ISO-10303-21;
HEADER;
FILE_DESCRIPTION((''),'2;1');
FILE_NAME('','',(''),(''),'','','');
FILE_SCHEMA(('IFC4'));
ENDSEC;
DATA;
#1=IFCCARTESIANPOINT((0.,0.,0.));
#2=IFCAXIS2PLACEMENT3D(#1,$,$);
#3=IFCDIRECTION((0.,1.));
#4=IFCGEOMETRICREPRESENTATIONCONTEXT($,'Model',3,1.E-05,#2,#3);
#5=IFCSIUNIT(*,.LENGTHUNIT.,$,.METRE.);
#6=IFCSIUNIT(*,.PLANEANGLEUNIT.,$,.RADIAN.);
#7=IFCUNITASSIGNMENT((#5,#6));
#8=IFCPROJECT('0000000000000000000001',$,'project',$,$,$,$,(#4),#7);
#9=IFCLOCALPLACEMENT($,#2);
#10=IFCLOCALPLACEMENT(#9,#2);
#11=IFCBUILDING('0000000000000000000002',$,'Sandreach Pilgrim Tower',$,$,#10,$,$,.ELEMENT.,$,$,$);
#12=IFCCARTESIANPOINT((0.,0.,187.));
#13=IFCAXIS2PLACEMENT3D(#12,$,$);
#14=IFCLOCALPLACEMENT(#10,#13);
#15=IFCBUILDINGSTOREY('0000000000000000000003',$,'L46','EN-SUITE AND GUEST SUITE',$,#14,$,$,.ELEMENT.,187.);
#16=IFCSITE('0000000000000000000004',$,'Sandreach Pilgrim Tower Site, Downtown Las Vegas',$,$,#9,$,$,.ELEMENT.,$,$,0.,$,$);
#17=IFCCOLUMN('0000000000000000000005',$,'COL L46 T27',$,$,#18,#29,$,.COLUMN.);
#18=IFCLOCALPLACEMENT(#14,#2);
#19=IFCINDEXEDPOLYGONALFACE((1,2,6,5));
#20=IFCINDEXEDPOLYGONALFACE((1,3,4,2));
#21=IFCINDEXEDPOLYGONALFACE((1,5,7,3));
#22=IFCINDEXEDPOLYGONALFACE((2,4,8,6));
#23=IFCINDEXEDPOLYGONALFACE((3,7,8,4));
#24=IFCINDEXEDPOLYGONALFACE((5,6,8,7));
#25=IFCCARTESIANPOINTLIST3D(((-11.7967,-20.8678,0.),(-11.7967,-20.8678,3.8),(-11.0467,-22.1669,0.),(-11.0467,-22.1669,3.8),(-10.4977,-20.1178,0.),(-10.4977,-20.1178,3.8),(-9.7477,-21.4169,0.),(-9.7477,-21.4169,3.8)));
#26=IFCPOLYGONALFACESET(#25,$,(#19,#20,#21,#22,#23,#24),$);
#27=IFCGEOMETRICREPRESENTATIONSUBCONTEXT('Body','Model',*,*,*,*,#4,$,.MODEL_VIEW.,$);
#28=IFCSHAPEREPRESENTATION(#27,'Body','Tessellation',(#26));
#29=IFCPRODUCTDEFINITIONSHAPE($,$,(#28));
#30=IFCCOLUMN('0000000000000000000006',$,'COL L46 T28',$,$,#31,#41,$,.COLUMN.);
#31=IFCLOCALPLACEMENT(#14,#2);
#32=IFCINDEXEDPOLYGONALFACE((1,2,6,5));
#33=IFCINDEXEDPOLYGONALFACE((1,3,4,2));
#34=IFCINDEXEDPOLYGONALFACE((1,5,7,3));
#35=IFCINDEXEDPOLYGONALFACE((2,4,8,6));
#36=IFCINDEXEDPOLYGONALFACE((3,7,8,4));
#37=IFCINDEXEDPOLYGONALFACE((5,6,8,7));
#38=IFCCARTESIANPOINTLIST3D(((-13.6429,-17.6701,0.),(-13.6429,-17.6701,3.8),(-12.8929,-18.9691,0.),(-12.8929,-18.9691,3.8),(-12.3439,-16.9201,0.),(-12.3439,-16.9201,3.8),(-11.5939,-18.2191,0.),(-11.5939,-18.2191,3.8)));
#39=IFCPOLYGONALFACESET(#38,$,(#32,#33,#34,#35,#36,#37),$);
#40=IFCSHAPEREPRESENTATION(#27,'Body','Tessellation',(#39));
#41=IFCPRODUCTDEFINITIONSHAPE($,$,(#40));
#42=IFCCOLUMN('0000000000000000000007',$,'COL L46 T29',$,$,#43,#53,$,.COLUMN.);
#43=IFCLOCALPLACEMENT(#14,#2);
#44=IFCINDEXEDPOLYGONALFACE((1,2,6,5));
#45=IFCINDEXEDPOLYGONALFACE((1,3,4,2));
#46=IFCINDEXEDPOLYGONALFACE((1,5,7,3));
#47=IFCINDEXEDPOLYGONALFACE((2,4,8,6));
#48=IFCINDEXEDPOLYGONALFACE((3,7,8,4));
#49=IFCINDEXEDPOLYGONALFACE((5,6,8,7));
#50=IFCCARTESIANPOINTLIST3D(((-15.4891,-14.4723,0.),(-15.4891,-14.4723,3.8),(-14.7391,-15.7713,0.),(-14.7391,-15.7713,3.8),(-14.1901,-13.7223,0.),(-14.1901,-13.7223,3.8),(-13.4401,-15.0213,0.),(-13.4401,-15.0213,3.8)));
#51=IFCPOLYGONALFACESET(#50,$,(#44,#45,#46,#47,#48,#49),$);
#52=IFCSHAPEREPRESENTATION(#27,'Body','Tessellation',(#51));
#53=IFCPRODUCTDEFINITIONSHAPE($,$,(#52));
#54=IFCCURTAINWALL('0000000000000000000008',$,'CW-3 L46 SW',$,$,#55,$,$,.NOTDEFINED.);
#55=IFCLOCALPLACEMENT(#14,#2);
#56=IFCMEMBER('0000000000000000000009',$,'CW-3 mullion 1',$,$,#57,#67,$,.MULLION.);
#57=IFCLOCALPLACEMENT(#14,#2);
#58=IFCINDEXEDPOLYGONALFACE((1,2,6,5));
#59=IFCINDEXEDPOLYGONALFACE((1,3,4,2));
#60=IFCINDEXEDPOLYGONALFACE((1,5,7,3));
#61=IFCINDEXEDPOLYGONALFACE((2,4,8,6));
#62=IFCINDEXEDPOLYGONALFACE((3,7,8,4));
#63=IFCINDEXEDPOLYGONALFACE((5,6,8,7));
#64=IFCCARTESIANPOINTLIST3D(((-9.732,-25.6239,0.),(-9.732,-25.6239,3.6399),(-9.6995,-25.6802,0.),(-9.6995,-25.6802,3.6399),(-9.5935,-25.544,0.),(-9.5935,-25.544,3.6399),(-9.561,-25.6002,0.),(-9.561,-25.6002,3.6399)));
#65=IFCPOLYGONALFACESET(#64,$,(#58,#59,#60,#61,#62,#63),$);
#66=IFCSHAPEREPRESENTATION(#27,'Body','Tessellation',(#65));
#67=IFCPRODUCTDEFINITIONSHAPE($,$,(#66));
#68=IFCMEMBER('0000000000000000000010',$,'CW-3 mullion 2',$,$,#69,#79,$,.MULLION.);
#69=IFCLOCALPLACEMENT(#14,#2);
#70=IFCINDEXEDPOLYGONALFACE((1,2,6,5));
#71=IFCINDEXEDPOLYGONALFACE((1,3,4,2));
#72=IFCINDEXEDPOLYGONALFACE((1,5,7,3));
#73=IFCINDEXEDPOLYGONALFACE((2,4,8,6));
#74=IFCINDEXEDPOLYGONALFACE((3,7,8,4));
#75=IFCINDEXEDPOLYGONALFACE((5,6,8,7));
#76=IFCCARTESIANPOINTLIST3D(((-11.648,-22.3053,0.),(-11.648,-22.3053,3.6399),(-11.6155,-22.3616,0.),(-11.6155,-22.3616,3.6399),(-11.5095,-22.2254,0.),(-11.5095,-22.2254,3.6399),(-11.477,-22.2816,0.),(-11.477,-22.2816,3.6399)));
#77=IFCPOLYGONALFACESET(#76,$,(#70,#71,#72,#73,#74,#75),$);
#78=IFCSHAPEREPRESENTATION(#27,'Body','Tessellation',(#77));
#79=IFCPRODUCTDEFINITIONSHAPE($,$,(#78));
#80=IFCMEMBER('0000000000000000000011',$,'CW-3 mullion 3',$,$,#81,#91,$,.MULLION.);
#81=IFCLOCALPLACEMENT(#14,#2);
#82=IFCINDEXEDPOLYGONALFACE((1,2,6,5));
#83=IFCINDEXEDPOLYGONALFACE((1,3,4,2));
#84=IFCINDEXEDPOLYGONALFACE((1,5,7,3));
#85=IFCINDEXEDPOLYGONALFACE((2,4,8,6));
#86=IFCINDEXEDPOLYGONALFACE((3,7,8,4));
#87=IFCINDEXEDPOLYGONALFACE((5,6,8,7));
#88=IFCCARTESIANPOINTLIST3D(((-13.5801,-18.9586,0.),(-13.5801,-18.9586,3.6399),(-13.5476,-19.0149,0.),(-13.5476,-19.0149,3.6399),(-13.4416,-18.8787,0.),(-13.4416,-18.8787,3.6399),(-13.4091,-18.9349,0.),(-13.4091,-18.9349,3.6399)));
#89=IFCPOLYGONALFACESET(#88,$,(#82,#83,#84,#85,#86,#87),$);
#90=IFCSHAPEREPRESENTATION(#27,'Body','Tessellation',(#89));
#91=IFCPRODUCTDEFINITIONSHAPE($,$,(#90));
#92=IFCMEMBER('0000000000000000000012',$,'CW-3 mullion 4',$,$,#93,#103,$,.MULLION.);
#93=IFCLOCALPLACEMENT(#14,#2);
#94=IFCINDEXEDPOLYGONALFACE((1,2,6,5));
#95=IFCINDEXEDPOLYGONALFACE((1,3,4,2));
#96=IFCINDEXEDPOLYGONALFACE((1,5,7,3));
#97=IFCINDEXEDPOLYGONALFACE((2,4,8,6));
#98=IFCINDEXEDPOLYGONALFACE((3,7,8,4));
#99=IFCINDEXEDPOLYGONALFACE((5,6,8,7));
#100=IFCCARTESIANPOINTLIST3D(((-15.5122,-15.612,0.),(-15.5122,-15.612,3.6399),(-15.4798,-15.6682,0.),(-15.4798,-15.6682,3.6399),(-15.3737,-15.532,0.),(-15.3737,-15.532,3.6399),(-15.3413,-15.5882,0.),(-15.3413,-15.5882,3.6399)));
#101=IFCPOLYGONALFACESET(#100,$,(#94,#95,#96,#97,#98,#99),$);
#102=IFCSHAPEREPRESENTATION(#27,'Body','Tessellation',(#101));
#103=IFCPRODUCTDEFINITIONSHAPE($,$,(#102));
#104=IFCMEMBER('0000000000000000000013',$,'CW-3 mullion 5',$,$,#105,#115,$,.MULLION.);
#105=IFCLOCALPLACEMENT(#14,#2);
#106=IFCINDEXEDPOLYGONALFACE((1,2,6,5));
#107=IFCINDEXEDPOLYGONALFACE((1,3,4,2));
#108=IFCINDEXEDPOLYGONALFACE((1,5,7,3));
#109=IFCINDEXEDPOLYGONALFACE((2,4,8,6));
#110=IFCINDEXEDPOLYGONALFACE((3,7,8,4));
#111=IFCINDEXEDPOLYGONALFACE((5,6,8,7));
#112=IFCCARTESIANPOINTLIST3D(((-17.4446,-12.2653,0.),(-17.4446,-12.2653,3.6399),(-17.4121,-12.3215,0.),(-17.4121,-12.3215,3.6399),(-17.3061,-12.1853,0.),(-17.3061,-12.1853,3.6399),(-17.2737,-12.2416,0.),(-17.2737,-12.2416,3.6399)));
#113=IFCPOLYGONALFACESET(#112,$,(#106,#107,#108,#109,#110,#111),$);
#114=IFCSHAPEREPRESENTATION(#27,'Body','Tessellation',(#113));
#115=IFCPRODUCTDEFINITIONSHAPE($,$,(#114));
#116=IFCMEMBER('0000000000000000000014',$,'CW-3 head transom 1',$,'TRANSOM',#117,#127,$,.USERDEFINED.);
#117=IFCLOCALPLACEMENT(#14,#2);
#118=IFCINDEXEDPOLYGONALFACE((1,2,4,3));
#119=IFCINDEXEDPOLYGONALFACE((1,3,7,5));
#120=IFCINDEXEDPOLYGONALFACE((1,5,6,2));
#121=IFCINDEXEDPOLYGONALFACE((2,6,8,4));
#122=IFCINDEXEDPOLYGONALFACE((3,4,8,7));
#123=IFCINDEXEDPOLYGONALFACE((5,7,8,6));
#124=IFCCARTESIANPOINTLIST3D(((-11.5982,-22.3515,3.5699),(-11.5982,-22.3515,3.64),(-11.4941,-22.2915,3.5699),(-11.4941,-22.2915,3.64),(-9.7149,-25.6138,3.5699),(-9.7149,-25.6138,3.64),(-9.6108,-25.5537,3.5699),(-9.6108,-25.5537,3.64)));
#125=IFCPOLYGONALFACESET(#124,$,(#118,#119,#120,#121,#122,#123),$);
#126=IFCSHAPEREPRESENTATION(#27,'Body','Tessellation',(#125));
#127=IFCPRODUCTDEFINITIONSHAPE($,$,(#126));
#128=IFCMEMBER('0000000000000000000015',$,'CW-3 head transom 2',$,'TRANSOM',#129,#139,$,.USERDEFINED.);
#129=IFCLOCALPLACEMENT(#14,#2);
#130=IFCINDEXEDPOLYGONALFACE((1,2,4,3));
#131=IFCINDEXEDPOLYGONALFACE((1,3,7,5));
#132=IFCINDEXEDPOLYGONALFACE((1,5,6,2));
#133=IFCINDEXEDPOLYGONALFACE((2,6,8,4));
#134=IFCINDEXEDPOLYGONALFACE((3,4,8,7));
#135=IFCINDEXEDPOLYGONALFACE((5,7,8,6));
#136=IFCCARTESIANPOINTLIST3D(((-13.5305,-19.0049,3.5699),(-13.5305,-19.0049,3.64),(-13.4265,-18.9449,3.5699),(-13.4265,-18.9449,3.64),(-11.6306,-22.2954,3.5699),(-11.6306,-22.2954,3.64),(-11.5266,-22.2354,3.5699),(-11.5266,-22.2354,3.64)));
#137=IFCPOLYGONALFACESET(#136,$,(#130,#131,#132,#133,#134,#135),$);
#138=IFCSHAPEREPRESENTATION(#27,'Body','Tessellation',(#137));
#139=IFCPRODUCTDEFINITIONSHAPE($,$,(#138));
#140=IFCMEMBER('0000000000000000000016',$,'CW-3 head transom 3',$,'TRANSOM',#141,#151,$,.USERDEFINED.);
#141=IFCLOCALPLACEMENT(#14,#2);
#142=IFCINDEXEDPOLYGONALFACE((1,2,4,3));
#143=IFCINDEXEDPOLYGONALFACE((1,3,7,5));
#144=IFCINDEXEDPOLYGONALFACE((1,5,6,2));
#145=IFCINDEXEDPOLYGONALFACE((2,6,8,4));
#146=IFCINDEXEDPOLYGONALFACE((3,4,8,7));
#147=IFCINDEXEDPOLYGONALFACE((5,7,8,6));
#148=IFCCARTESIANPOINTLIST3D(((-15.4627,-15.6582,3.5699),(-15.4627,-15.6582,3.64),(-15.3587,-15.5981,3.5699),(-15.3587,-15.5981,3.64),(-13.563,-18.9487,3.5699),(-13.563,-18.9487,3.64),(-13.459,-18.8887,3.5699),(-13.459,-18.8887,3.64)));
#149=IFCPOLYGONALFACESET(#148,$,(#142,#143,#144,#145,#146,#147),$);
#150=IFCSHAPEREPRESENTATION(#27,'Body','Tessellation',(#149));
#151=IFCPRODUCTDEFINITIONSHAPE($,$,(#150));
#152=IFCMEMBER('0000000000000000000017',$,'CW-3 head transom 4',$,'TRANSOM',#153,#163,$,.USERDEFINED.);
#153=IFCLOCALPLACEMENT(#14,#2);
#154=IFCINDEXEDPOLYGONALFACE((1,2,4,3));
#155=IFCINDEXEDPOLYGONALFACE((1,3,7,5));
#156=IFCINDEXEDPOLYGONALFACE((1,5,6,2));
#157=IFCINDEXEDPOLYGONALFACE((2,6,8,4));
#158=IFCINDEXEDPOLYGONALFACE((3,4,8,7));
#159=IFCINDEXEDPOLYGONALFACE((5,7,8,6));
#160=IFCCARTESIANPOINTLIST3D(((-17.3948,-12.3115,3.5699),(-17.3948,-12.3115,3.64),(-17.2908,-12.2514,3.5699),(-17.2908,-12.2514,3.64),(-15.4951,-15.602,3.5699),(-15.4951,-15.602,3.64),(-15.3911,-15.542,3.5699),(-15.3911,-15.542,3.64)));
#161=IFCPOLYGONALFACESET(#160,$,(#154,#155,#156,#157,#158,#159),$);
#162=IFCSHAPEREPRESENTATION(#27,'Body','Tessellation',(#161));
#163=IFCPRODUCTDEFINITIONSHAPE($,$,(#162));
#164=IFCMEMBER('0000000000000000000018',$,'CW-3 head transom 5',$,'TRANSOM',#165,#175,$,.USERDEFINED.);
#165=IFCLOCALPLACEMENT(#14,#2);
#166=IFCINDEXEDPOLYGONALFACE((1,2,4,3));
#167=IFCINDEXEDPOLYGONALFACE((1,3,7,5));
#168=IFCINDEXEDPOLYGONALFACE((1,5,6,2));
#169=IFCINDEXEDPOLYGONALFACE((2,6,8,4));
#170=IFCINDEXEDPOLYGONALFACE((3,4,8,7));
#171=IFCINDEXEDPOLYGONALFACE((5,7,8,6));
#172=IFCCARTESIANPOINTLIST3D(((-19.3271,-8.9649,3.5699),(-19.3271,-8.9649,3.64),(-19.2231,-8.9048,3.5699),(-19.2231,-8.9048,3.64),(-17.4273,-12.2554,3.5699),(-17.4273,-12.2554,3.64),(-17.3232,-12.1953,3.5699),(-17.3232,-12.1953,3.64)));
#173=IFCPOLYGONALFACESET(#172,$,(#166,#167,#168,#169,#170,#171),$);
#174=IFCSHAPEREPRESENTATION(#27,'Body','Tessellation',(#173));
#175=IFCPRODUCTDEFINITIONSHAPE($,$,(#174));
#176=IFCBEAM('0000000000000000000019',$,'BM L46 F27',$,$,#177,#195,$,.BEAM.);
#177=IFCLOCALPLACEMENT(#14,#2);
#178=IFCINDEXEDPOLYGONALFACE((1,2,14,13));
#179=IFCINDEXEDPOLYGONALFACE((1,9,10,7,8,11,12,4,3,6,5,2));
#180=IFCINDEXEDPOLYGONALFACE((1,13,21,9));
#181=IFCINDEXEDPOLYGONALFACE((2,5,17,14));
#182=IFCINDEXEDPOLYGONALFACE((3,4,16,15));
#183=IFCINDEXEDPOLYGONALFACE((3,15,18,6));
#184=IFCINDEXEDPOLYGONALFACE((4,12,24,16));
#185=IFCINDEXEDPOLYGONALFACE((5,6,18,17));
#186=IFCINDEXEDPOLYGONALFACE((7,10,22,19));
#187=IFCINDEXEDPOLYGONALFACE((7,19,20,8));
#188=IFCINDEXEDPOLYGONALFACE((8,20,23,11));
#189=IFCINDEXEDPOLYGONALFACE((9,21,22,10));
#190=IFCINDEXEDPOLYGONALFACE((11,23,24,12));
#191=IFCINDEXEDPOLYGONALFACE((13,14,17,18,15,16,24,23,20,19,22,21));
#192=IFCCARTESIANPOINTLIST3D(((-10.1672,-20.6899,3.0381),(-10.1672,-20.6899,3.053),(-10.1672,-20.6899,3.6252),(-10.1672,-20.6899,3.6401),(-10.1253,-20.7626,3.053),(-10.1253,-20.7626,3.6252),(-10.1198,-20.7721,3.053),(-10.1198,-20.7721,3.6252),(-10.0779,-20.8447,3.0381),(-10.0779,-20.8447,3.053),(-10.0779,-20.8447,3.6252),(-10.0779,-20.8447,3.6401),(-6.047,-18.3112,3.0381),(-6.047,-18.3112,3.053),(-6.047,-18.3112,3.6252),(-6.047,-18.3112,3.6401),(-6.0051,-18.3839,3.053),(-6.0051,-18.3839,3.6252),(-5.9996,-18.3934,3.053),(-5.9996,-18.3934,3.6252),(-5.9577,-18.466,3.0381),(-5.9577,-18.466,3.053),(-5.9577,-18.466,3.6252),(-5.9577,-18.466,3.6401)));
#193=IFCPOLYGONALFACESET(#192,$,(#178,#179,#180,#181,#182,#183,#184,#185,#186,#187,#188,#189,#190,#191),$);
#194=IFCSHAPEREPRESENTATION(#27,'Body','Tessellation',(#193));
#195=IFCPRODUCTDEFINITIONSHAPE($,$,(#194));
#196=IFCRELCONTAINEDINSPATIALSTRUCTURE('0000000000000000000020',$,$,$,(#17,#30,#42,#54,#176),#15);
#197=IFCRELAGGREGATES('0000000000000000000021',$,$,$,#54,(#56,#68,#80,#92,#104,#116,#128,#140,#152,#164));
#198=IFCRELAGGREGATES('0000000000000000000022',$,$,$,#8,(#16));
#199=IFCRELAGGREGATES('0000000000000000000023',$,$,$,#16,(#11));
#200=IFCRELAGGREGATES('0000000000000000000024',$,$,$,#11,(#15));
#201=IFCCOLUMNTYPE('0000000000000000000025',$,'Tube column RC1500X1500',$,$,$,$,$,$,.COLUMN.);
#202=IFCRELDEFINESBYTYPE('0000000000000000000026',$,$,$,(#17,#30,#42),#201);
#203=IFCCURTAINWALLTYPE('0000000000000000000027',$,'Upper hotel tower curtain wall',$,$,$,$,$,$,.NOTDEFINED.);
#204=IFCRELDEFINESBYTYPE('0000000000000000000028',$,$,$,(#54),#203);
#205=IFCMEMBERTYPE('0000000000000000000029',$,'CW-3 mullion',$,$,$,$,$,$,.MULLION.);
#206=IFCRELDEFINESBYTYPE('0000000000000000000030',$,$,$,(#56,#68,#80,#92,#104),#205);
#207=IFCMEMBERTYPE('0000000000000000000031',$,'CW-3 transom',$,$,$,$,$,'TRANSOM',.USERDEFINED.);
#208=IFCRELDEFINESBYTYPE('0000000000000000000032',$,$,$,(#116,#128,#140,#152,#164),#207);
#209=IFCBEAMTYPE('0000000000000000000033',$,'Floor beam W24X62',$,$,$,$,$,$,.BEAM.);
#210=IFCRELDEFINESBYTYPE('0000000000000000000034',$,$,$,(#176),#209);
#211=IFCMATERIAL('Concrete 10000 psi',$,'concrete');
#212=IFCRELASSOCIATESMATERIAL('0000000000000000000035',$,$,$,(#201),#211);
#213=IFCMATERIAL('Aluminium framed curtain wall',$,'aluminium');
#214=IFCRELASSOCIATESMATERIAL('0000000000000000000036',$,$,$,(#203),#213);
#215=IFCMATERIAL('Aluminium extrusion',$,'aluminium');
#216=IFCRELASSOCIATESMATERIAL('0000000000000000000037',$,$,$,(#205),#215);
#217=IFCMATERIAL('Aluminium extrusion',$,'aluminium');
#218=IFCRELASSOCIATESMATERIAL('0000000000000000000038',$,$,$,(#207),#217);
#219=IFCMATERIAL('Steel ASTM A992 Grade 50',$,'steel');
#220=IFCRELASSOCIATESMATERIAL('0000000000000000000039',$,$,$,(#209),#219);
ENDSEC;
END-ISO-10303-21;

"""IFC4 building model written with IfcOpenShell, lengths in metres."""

from ifc_helpers import new_model, si_unit, direction, frame, origin, origin_2d, place, context, subcontext, project, spatial, rectangle, i_section, extrude, material, material_profile, profile_set, type_object, element, aggregate, save


model = new_model("IFC4")

# Units and contexts
model_context = context("Model", 3, precision=1e-05, world=origin(), true_north=direction((0.0, 1.0)))
body_context = subcontext(model_context, "Body", "Model", "MODEL_VIEW")
ifc_project = project(units=[si_unit("LENGTHUNIT", "METRE"), si_unit("PLANEANGLEUNIT", "RADIAN")], contexts=[model_context])

# Site, building, storey
site_placement = place(None, origin())
site = spatial("IfcSite", under=ifc_project, at=site_placement, Name="Sandreach Pilgrim Tower Site, Downtown Las Vegas", CompositionType="ELEMENT", RefElevation=0.0)
building_placement = place(site_placement, origin())
building = spatial("IfcBuilding", under=site, at=building_placement, Name="Sandreach Pilgrim Tower", CompositionType="ELEMENT")
storey_placement = place(building_placement, frame((0.0, 0.0, 187.0)))
storey = spatial("IfcBuildingStorey", under=building, at=storey_placement, Name="L46", Description="EN-SUITE AND GUEST SUITE", CompositionType="ELEMENT", Elevation=187.0)

# Columns
ifc_material_1 = material(Name="Concrete 10000 psi", Category="concrete")
ifc_material_profile_1 = material_profile(ifc_material_1, rectangle(XDim=1.5, YDim=1.5, at=origin_2d()), Name="RC1500X1500")
ifc_profile_set_1 = profile_set([ifc_material_profile_1], Name="Concrete 10000 psi")
column_type = type_object("IfcColumnType", Name="Tube column RC1500X1500", PredefinedType="COLUMN", material=ifc_profile_set_1)
for number, where, z_axis, x_axis, name in (
    (1, (-10.7722, -21.1423, 0.0), (0.0, 0.0, 1.0), (-0.866025, -0.5, 0.0), "COL L46 T27"),
    (2, (-12.6184, -17.9446, 0.0), (0.0, 0.0, 1.0), (-0.866025, -0.5, 0.0), "COL L46 T28"),
    (3, (-14.4646, -14.7468, 0.0), (0.0, 0.0, 1.0), (-0.866025, -0.5, 0.0), "COL L46 T29"),
):
    element("IfcColumn", number, at=place(storey_placement, frame(where, z_axis=z_axis, x_axis=x_axis)), inside=storey, type_object=column_type, Name=name, PredefinedType="COLUMN", context=body_context, shape_type="SweptSolid", body=[
        extrude(rectangle(XDim=1.5, YDim=1.5, at=origin_2d()), origin(), (0.0, 0.0, 1.0), 3.8),
    ])

# Curtain wall, members
ifc_material_2 = material(Name="Aluminium framed curtain wall", Category="aluminium")
curtain_wall_type = type_object("IfcCurtainWallType", Name="Upper hotel tower curtain wall", PredefinedType="NOTDEFINED", material=ifc_material_2)
curtain_wall_placement = place(storey_placement, origin())
curtain_wall = element("IfcCurtainWall", 4, at=curtain_wall_placement, inside=storey, type_object=curtain_wall_type, Name="CW-3 L46 SW", PredefinedType="NOTDEFINED")
ifc_material_3 = material(Name="Aluminium extrusion", Category="aluminium")
ifc_material_profile_2 = material_profile(ifc_material_3, rectangle(XDim=0.0649, YDim=0.1599, at=origin_2d()), Name="CW-3M 65X160")
ifc_profile_set_2 = profile_set([ifc_material_profile_2], Name="Aluminium extrusion")
member_type_1 = type_object("IfcMemberType", Name="CW-3 mullion", PredefinedType="MULLION", material=ifc_profile_set_2)
member_1_placement = place(storey_placement, frame((-9.6465, -25.6121, 0.0), z_axis=(0.0, 0.0, 1.0), x_axis=(-0.5, 0.866025, 0.0)))
member_1 = element("IfcMember", 5, at=member_1_placement, type_object=member_type_1, Name="CW-3 mullion 1", PredefinedType="MULLION", context=body_context, shape_type="SweptSolid", body=[
    extrude(rectangle(XDim=0.0649, YDim=0.1599, at=origin_2d()), origin(), (0.0, 0.0, 1.0), 3.6399),
])
member_2_placement = place(storey_placement, frame((-11.5625, -22.2935, 0.0), z_axis=(0.0, 0.0, 1.0), x_axis=(-0.5, 0.866025, 0.0)))
member_2 = element("IfcMember", 6, at=member_2_placement, type_object=member_type_1, Name="CW-3 mullion 2", PredefinedType="MULLION", context=body_context, shape_type="SweptSolid", body=[
    extrude(rectangle(XDim=0.0649, YDim=0.1599, at=origin_2d()), origin(), (0.0, 0.0, 1.0), 3.6399),
])
member_3_placement = place(storey_placement, frame((-13.4946, -18.9468, 0.0), z_axis=(0.0, 0.0, 1.0), x_axis=(-0.5, 0.866025, 0.0)))
member_3 = element("IfcMember", 7, at=member_3_placement, type_object=member_type_1, Name="CW-3 mullion 3", PredefinedType="MULLION", context=body_context, shape_type="SweptSolid", body=[
    extrude(rectangle(XDim=0.0649, YDim=0.1599, at=origin_2d()), origin(), (0.0, 0.0, 1.0), 3.6399),
])
member_4_placement = place(storey_placement, frame((-15.4268, -15.6001, 0.0), z_axis=(0.0, 0.0, 1.0), x_axis=(-0.5, 0.866025, 0.0)))
member_4 = element("IfcMember", 8, at=member_4_placement, type_object=member_type_1, Name="CW-3 mullion 4", PredefinedType="MULLION", context=body_context, shape_type="SweptSolid", body=[
    extrude(rectangle(XDim=0.0649, YDim=0.1599, at=origin_2d()), origin(), (0.0, 0.0, 1.0), 3.6399),
])
member_5_placement = place(storey_placement, frame((-17.3591, -12.2534, 0.0), z_axis=(0.0, 0.0, 1.0), x_axis=(-0.5, 0.866025, 0.0)))
member_5 = element("IfcMember", 9, at=member_5_placement, type_object=member_type_1, Name="CW-3 mullion 5", PredefinedType="MULLION", context=body_context, shape_type="SweptSolid", body=[
    extrude(rectangle(XDim=0.0649, YDim=0.1599, at=origin_2d()), origin(), (0.0, 0.0, 1.0), 3.6399),
])
ifc_material_4 = material(Name="Aluminium extrusion", Category="aluminium")
ifc_material_profile_3 = material_profile(ifc_material_4, rectangle(XDim=0.1201, YDim=0.0701, at=origin_2d()), Name="CW-3T 120X70")
ifc_profile_set_3 = profile_set([ifc_material_profile_3], Name="Aluminium extrusion")
member_type_2 = type_object("IfcMemberType", Name="CW-3 transom", ElementType="TRANSOM", PredefinedType="USERDEFINED", material=ifc_profile_set_3)
member_6_placement = place(storey_placement, frame((-9.6628, -25.5837, 3.605), z_axis=(-0.499973, 0.866041, 0.0), x_axis=(-0.866041, -0.499973, 0.0)))
member_6 = element("IfcMember", 10, at=member_6_placement, type_object=member_type_2, Name="CW-3 head transom 1", ObjectType="TRANSOM", PredefinedType="USERDEFINED", context=body_context, shape_type="SweptSolid", body=[
    extrude(rectangle(XDim=0.1201, YDim=0.0701, at=origin_2d()), origin(), (0.0, 0.0, 1.0), 3.7668),
])
member_7_placement = place(storey_placement, frame((-11.5786, -22.2654, 3.605), z_axis=(-0.500023, 0.866012, 0.0), x_axis=(-0.866012, -0.500023, 0.0)))
member_7 = element("IfcMember", 11, at=member_7_placement, type_object=member_type_2, Name="CW-3 head transom 2", ObjectType="TRANSOM", PredefinedType="USERDEFINED", context=body_context, shape_type="SweptSolid", body=[
    extrude(rectangle(XDim=0.1201, YDim=0.0701, at=origin_2d()), origin(), (0.0, 0.0, 1.0), 3.7996),
])
member_8_placement = place(storey_placement, frame((-13.511, -18.9187, 3.605), z_axis=(-0.499975, 0.86604, 0.0), x_axis=(-0.86604, -0.499975, 0.0)))
member_8 = element("IfcMember", 12, at=member_8_placement, type_object=member_type_2, Name="CW-3 head transom 3", ObjectType="TRANSOM", PredefinedType="USERDEFINED", context=body_context, shape_type="SweptSolid", body=[
    extrude(rectangle(XDim=0.1201, YDim=0.0701, at=origin_2d()), origin(), (0.0, 0.0, 1.0), 3.7996),
])
member_9_placement = place(storey_placement, frame((-15.4431, -15.572, 3.605), z_axis=(-0.499975, 0.86604, 0.0), x_axis=(-0.86604, -0.499975, 0.0)))
member_9 = element("IfcMember", 13, at=member_9_placement, type_object=member_type_2, Name="CW-3 head transom 4", ObjectType="TRANSOM", PredefinedType="USERDEFINED", context=body_context, shape_type="SweptSolid", body=[
    extrude(rectangle(XDim=0.1201, YDim=0.0701, at=origin_2d()), origin(), (0.0, 0.0, 1.0), 3.7996),
])
member_10_placement = place(storey_placement, frame((-17.3752, -12.2253, 3.605), z_axis=(-0.500023, 0.866012, 0.0), x_axis=(-0.866012, -0.500023, 0.0)))
member_10 = element("IfcMember", 14, at=member_10_placement, type_object=member_type_2, Name="CW-3 head transom 5", ObjectType="TRANSOM", PredefinedType="USERDEFINED", context=body_context, shape_type="SweptSolid", body=[
    extrude(rectangle(XDim=0.1201, YDim=0.0701, at=origin_2d()), origin(), (0.0, 0.0, 1.0), 3.7996),
])

# Beam
ifc_material_5 = material(Name="Steel ASTM A992 Grade 50", Category="steel")
ifc_material_profile_4 = material_profile(ifc_material_5, i_section(OverallWidth=0.1787, OverallDepth=0.6021, WebThickness=0.011, FlangeThickness=0.0149, at=origin_2d()), Name="W24X62")
ifc_profile_set_4 = profile_set([ifc_material_profile_4], Name="Steel ASTM A992 Grade 50")
beam_type_1 = type_object("IfcBeamType", Name="Floor beam W24X62", PredefinedType="BEAM", material=ifc_profile_set_4)
beam_1_placement = place(storey_placement, frame((-10.1226, -20.7673, 3.3391), z_axis=(0.866033, 0.499986, 0.0), x_axis=(-0.499986, 0.866033, 0.0)))
element("IfcBeam", 15, at=beam_1_placement, inside=storey, type_object=beam_type_1, Name="BM L46 F27", PredefinedType="BEAM", context=body_context, shape_type="SweptSolid", body=[
    extrude(i_section(OverallWidth=0.1787, OverallDepth=0.6021, WebThickness=0.011, FlangeThickness=0.0149, at=origin_2d()), origin(), (0.0, 0.0, 1.0), 4.7576),
])

aggregate(curtain_wall, [member_1, member_2, member_3, member_4, member_5, member_6, member_7, member_8, member_9, member_10])

save(model, "model.ifc")
